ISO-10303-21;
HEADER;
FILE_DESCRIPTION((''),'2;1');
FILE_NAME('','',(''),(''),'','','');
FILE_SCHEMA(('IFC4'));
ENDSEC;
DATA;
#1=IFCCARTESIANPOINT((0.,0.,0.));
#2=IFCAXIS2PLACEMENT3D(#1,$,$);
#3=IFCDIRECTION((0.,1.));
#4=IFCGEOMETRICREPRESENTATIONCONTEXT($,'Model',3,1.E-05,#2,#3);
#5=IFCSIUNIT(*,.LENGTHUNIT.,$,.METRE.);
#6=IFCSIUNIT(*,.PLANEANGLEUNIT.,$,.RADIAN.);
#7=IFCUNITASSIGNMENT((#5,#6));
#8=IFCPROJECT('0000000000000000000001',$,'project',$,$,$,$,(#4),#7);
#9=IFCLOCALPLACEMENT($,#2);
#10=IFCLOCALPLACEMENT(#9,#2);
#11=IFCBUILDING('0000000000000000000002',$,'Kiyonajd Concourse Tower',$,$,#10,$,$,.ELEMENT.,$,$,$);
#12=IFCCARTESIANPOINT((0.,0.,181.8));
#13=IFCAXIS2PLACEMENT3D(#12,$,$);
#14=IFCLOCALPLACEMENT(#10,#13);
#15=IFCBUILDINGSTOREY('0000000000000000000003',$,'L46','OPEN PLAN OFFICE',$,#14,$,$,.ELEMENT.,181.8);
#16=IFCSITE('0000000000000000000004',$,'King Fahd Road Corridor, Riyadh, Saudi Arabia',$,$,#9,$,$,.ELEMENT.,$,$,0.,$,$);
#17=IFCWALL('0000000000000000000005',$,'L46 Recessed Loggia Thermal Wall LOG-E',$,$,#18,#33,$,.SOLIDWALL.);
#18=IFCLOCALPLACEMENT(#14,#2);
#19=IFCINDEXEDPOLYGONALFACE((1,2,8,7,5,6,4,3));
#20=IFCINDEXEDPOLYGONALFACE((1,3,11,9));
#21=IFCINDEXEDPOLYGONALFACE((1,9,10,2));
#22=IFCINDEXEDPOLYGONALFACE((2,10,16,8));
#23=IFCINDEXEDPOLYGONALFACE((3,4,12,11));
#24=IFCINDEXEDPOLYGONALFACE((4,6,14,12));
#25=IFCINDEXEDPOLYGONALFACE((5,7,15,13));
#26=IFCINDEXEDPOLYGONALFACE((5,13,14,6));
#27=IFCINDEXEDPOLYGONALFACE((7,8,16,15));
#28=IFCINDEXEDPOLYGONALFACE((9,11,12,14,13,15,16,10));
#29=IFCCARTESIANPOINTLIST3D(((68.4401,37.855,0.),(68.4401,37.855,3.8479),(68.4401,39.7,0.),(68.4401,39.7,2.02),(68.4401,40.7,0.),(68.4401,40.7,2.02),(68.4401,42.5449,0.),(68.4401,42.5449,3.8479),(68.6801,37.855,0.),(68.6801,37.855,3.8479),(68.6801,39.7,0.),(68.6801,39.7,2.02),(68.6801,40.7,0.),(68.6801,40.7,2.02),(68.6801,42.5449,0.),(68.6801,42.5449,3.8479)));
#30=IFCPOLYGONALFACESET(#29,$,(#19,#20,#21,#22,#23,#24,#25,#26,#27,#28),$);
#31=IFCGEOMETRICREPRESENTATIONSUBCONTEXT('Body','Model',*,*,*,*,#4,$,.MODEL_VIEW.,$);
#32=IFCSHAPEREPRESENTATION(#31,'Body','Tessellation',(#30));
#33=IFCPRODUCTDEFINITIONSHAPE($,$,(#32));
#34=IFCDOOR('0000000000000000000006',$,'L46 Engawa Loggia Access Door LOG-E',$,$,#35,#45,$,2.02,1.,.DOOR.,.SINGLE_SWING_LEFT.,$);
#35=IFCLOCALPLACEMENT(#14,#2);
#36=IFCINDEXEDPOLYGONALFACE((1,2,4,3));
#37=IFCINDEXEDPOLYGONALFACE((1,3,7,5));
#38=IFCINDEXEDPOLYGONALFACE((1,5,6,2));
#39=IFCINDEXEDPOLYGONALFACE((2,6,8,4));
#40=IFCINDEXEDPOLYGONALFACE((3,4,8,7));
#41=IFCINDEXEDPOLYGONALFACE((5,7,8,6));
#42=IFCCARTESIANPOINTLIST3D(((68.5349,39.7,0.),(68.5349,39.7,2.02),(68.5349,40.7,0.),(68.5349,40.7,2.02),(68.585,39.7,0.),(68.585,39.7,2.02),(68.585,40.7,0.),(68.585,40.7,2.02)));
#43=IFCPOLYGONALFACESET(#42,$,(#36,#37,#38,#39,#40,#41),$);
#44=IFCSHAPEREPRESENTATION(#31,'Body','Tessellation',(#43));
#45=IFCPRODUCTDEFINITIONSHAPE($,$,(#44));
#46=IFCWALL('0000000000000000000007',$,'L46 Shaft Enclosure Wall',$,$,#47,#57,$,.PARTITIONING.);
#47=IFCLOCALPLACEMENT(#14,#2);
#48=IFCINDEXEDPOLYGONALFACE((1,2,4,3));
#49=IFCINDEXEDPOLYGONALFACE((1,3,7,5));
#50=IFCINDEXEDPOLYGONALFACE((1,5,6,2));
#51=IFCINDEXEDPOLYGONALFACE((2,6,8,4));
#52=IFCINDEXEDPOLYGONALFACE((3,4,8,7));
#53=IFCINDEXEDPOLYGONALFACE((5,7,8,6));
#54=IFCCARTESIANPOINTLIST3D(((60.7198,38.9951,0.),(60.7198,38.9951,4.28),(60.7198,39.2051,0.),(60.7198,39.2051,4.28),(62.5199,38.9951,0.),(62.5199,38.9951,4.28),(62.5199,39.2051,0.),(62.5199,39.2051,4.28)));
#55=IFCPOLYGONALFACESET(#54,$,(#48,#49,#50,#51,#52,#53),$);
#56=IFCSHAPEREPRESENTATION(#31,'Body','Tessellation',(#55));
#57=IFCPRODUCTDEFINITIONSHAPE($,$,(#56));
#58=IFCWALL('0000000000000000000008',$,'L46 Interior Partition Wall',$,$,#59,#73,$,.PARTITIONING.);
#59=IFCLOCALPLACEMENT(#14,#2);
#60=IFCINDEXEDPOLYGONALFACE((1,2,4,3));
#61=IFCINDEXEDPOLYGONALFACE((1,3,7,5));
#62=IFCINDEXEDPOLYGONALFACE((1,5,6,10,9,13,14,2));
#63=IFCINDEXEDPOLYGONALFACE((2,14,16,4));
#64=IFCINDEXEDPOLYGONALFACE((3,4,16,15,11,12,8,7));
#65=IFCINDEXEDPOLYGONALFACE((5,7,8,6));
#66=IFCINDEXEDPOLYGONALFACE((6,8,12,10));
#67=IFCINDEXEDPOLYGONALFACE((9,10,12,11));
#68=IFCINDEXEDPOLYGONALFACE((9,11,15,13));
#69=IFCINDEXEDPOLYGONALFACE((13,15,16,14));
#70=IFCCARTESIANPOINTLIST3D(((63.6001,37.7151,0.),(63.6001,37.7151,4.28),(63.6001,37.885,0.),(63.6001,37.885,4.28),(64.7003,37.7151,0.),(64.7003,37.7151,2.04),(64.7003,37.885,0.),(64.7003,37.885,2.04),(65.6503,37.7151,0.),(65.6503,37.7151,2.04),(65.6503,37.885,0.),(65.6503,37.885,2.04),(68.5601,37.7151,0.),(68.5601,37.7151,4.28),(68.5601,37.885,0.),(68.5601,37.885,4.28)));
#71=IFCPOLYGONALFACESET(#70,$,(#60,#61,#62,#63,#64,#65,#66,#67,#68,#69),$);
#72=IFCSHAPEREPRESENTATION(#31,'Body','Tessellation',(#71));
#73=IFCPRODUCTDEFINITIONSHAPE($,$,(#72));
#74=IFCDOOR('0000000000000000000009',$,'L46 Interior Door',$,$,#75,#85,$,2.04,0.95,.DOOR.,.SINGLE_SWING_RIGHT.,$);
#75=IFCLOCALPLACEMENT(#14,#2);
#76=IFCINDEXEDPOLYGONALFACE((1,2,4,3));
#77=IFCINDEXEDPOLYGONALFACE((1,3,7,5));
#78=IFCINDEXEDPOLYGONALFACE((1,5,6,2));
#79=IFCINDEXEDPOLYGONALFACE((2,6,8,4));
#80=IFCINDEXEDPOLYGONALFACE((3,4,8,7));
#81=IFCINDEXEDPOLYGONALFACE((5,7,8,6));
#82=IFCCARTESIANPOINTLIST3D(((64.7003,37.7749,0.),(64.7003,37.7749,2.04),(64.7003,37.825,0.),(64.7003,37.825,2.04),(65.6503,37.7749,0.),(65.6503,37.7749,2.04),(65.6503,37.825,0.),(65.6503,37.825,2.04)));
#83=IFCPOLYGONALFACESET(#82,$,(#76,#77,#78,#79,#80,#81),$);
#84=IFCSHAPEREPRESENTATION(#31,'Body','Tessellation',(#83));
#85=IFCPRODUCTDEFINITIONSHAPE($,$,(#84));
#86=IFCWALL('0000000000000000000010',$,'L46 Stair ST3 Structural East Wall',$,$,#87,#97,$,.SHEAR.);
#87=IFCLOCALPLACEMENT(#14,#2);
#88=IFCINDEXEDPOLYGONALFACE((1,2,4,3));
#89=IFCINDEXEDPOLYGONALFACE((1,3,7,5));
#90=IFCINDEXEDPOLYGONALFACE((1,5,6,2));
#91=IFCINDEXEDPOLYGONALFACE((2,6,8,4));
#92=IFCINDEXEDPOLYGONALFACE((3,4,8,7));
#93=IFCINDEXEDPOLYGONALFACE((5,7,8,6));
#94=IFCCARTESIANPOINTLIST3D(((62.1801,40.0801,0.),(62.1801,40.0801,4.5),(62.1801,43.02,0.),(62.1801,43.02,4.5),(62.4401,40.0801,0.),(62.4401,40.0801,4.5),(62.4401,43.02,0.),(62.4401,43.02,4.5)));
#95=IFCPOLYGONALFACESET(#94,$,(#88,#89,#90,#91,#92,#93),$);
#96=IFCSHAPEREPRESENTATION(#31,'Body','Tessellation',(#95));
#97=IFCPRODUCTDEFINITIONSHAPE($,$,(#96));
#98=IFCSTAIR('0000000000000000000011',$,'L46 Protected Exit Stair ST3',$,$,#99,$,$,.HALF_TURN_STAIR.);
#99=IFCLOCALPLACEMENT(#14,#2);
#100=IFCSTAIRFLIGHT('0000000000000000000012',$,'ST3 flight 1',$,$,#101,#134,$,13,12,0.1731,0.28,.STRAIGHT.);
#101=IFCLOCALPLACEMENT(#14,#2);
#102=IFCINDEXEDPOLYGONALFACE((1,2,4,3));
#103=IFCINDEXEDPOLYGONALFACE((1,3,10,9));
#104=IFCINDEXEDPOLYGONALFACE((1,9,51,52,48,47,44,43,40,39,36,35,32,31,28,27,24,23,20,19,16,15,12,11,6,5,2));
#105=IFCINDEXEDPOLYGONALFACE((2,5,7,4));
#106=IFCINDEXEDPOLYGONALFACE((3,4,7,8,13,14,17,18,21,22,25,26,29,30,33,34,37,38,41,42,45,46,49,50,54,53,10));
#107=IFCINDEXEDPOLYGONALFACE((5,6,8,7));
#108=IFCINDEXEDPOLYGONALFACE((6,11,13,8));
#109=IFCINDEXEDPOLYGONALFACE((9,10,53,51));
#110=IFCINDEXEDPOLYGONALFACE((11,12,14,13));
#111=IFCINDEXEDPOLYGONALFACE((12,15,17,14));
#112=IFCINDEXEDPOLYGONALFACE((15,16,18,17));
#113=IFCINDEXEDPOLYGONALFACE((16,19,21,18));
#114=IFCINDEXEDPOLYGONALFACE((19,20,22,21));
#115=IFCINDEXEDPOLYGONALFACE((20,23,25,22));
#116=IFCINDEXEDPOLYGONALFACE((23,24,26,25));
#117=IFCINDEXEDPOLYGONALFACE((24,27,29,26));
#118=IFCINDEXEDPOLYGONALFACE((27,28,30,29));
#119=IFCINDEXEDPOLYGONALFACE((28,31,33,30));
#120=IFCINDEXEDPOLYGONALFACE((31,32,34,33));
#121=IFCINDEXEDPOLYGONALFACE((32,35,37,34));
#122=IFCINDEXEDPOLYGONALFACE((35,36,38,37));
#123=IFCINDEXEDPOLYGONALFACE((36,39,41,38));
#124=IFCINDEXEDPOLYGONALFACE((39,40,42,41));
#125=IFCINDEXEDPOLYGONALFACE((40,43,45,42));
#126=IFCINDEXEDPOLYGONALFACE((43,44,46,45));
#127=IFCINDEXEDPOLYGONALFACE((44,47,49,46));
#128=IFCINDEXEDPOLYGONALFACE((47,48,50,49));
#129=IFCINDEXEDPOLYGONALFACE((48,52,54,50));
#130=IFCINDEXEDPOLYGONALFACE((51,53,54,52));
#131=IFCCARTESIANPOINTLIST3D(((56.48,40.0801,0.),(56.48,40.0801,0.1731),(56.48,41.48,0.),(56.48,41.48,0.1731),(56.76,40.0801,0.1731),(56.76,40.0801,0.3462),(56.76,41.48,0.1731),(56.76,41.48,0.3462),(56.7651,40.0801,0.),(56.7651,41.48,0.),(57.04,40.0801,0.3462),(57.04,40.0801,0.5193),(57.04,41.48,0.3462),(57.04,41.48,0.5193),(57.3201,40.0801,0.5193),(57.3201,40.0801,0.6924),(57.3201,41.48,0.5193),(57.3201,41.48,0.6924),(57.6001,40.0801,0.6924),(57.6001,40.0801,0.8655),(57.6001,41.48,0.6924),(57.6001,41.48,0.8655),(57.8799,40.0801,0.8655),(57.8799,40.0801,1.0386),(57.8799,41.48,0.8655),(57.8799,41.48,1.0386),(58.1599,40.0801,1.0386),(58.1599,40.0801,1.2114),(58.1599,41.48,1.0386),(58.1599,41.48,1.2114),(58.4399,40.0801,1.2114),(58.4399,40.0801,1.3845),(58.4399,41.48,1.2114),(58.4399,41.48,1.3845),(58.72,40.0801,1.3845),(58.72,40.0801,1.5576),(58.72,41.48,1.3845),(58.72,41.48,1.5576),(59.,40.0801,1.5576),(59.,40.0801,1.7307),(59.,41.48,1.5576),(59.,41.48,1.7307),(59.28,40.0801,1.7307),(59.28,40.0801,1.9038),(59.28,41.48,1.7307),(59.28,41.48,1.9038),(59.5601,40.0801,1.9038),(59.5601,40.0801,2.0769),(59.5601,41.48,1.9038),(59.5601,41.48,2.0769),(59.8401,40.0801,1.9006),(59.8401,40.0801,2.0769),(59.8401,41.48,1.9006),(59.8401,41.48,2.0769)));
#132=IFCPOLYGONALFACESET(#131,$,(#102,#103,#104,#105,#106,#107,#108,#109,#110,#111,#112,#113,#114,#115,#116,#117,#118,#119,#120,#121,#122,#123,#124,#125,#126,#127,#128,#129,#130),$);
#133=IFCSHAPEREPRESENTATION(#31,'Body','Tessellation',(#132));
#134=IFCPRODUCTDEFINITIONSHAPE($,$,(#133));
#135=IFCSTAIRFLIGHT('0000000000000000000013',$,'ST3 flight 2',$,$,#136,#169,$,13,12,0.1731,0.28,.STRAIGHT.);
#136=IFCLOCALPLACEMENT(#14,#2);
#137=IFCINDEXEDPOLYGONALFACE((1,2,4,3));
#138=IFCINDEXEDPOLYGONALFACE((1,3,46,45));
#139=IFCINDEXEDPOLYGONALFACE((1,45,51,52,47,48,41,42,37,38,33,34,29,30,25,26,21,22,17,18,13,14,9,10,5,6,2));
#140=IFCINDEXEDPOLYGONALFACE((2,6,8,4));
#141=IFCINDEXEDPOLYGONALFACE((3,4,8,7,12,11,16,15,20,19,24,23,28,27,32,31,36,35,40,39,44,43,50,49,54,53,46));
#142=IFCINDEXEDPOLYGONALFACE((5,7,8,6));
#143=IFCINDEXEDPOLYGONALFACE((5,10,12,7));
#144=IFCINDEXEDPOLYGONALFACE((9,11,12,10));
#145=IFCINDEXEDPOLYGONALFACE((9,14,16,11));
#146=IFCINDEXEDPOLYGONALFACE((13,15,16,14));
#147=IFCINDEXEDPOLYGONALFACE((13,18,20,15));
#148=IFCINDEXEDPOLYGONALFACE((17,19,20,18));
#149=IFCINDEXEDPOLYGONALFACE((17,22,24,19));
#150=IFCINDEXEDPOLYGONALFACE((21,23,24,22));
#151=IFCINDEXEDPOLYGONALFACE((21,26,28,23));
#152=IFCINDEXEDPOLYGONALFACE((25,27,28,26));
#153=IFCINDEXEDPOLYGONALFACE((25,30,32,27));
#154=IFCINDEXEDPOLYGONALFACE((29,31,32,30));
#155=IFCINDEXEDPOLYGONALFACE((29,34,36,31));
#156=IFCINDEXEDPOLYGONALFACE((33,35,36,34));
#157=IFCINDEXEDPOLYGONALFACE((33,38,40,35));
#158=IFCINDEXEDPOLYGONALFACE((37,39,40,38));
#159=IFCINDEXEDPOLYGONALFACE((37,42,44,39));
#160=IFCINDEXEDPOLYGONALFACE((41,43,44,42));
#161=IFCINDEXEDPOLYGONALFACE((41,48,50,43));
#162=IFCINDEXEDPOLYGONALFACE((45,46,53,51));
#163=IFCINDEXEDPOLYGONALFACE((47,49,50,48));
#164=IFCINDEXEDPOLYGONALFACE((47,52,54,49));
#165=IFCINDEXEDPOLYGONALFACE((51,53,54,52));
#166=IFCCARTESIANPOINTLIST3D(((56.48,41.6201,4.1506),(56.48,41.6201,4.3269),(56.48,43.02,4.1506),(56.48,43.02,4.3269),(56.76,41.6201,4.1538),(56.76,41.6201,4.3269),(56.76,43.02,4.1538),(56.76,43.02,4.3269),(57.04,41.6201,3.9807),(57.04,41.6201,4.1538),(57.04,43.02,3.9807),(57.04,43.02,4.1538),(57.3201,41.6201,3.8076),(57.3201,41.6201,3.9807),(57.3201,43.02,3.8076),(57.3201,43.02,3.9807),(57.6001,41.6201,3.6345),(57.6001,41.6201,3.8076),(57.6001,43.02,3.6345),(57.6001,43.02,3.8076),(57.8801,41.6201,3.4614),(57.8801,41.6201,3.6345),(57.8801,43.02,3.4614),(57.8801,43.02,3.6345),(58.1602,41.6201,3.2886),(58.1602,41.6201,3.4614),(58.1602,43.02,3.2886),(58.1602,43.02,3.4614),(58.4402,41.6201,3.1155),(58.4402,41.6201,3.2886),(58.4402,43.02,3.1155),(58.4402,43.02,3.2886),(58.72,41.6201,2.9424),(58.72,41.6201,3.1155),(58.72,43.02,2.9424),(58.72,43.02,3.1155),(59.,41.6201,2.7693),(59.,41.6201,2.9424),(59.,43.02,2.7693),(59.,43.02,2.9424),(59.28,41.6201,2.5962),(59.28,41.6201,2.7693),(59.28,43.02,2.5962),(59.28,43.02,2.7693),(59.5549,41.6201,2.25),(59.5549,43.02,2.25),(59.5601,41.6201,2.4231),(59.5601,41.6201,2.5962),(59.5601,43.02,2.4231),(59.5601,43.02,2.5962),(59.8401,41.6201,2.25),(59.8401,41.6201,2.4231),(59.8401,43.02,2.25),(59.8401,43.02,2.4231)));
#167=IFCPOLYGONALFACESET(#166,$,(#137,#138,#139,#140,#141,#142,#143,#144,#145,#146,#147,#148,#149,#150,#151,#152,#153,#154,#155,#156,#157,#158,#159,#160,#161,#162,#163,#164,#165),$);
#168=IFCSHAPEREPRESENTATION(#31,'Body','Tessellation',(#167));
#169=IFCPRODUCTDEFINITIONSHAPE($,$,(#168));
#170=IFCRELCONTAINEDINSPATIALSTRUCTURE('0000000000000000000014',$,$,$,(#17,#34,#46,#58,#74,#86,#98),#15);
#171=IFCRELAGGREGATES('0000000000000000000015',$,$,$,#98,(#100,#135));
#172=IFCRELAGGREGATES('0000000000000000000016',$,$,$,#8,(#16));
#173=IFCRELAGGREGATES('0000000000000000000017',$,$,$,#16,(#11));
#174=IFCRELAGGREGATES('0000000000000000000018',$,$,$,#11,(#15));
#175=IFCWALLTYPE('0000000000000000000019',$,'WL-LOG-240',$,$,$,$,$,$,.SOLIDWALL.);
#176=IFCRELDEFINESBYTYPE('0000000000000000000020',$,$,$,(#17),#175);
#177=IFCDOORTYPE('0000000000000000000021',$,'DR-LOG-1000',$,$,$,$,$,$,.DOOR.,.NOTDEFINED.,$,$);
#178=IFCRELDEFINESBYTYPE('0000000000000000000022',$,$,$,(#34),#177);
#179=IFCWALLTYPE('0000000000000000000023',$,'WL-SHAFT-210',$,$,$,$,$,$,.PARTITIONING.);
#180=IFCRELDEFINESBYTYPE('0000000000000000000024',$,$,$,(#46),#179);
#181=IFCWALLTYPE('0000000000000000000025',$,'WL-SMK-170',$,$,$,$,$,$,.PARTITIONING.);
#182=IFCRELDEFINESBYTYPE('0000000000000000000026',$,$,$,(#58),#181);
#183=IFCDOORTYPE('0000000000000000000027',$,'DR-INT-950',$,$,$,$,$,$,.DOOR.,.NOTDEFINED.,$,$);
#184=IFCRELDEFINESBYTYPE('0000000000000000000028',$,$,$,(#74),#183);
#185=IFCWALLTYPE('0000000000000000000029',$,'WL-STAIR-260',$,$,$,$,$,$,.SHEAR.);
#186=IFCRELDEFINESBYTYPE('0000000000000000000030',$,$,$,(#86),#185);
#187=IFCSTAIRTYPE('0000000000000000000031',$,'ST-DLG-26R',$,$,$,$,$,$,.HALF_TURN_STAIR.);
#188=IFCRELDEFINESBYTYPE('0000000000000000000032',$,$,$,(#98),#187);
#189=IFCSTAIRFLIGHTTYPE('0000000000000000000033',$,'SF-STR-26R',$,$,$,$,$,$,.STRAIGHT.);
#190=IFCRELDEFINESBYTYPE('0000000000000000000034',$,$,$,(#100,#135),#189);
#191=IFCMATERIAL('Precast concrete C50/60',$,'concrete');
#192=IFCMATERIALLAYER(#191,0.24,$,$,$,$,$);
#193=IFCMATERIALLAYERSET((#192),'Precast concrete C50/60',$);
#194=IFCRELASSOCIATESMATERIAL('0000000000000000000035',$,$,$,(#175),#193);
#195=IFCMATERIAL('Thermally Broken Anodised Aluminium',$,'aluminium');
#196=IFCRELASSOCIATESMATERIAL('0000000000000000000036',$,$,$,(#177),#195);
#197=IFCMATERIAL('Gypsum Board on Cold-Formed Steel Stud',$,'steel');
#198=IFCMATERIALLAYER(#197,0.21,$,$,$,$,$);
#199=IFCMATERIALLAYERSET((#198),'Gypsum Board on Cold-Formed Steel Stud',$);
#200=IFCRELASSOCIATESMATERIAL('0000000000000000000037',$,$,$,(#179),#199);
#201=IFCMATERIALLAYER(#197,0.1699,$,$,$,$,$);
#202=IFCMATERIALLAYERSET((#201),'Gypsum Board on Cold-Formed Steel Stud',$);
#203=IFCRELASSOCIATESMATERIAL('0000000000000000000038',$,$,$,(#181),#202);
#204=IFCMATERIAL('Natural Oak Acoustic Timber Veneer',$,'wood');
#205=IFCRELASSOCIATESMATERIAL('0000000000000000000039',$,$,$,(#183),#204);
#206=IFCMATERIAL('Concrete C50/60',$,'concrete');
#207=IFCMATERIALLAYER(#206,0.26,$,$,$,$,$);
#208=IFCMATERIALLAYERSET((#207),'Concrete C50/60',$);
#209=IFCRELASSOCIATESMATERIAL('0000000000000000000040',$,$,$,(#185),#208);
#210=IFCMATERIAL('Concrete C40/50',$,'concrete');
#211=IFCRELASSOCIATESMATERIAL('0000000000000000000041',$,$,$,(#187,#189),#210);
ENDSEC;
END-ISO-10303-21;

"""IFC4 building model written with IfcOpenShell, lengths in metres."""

from ifc_helpers import new_model, si_unit, direction, frame, frame_2d, origin, place, context, subcontext, project, spatial, polyline, rectangle, outline, extrude, material, layer, layer_set, type_object, element, fill, aggregate, save


model = new_model("IFC4")

# Units and contexts
model_context = context("Model", 3, precision=1e-05, world=origin(), true_north=direction((0.0, 1.0)))
body_context = subcontext(model_context, "Body", "Model", "MODEL_VIEW")
ifc_project = project(units=[si_unit("LENGTHUNIT", "METRE"), si_unit("PLANEANGLEUNIT", "RADIAN")], contexts=[model_context])

# Site, building, storey
site_placement = place(None, origin())
site = spatial("IfcSite", under=ifc_project, at=site_placement, Name="King Fahd Road Corridor, Riyadh, Saudi Arabia", CompositionType="ELEMENT", RefElevation=0.0)
building_placement = place(site_placement, origin())
building = spatial("IfcBuilding", under=site, at=building_placement, Name="Kiyonajd Concourse Tower", CompositionType="ELEMENT")
storey_placement = place(building_placement, frame((0.0, 0.0, 181.8)))
storey = spatial("IfcBuildingStorey", under=building, at=storey_placement, Name="L46", Description="OPEN PLAN OFFICE", CompositionType="ELEMENT", Elevation=181.8)

# Shared definitions
ifc_material_1 = material(Name="Thermally Broken Anodised Aluminium", Category="aluminium")

# Shared definitions
ifc_material_2 = material(Name="Precast concrete C50/60", Category="concrete")

# Wall, opening, door
ifc_layer_1 = layer(ifc_material_2, 0.24)
ifc_layer_set_1 = layer_set([ifc_layer_1], Name="Precast concrete C50/60")
wall_type_1 = type_object("IfcWallType", Name="WL-LOG-240", PredefinedType="SOLIDWALL", material=ifc_layer_set_1)
wall_1_placement = place(storey_placement, frame((68.5601, 42.5449, 0.0), z_axis=(0.0, 0.0, 1.0), x_axis=(0.0, -1.0, 0.0)))
wall_1 = element("IfcWall", 1, at=wall_1_placement, inside=storey, type_object=wall_type_1, Name="L46 Recessed Loggia Thermal Wall LOG-E", PredefinedType="SOLIDWALL", context=body_context, shape_type="SweptSolid", body=[
    extrude(rectangle(XDim=4.6899, YDim=0.24, at=frame_2d((2.345, 0.0))), origin(), (0.0, 0.0, 1.0), 3.8479),
])
opening_1_placement = place(wall_1_placement, frame((1.845, 0.0, 0.0)))
opening_1 = element("IfcOpeningElement", 2, at=opening_1_placement, cuts=wall_1, PredefinedType="OPENING", context=body_context, shape_type="SweptSolid", body=[
    extrude(rectangle(XDim=1.0, YDim=2.02, at=frame_2d((0.5, 1.01))), frame((0.0, 0.1299, 0.0), z_axis=(0.0, -1.0, 0.0), x_axis=(1.0, 0.0, 0.0)), (0.0, 0.0, 1.0), 0.26),
])
door_type_1 = type_object("IfcDoorType", Name="DR-LOG-1000", OperationType="NOTDEFINED", PredefinedType="DOOR", material=ifc_material_1)
door_1_placement = place(opening_1_placement, origin())
door_1 = element("IfcDoor", 3, at=door_1_placement, inside=storey, type_object=door_type_1, Name="L46 Engawa Loggia Access Door LOG-E", OperationType="SINGLE_SWING_LEFT", OverallHeight=2.02, OverallWidth=1.0, PredefinedType="DOOR", context=body_context, shape_type="SweptSolid", body=[
    extrude(rectangle(XDim=1.0, YDim=2.02, at=frame_2d((0.5, 1.01))), frame((0.0, 0.0249, 0.0), z_axis=(0.0, -1.0, 0.0), x_axis=(1.0, 0.0, 0.0)), (0.0, 0.0, 1.0), 0.05),
])
fill(opening_1, door_1)

# Wall
ifc_material_3 = material(Name="Gypsum Board on Cold-Formed Steel Stud", Category="steel")
ifc_layer_2 = layer(ifc_material_3, 0.21)
ifc_layer_set_2 = layer_set([ifc_layer_2], Name="Gypsum Board on Cold-Formed Steel Stud")
wall_type_2 = type_object("IfcWallType", Name="WL-SHAFT-210", PredefinedType="PARTITIONING", material=ifc_layer_set_2)
wall_2_placement = place(storey_placement, frame((60.72, 39.1001, 0.0), z_axis=(0.0, 0.0, 1.0), x_axis=(1.0, 0.0, 0.0)))
element("IfcWall", 4, at=wall_2_placement, inside=storey, type_object=wall_type_2, Name="L46 Shaft Enclosure Wall", PredefinedType="PARTITIONING", context=body_context, shape_type="SweptSolid", body=[
    extrude(rectangle(XDim=1.8, YDim=0.21, at=frame_2d((0.8999, 0.0))), origin(), (0.0, 0.0, 1.0), 4.28),
])

# Wall, opening, door
ifc_layer_3 = layer(ifc_material_3, 0.1699)
ifc_layer_set_3 = layer_set([ifc_layer_3], Name="Gypsum Board on Cold-Formed Steel Stud")
wall_type_3 = type_object("IfcWallType", Name="WL-SMK-170", PredefinedType="PARTITIONING", material=ifc_layer_set_3)
wall_3_placement = place(storey_placement, frame((63.6001, 37.8, 0.0), z_axis=(0.0, 0.0, 1.0), x_axis=(1.0, 0.0, 0.0)))
wall_3 = element("IfcWall", 5, at=wall_3_placement, inside=storey, type_object=wall_type_3, Name="L46 Interior Partition Wall", PredefinedType="PARTITIONING", context=body_context, shape_type="SweptSolid", body=[
    extrude(rectangle(XDim=4.96, YDim=0.1699, at=frame_2d((2.48, 0.0))), origin(), (0.0, 0.0, 1.0), 4.28),
])
opening_2_placement = place(wall_3_placement, frame((1.1001, 0.0, 0.0)))
opening_2 = element("IfcOpeningElement", 6, at=opening_2_placement, cuts=wall_3, PredefinedType="OPENING", context=body_context, shape_type="SweptSolid", body=[
    extrude(rectangle(XDim=0.95, YDim=2.04, at=frame_2d((0.4751, 1.02))), frame((0.0, 0.095, 0.0), z_axis=(0.0, -1.0, 0.0), x_axis=(1.0, 0.0, 0.0)), (0.0, 0.0, 1.0), 0.1899),
])
ifc_material_4 = material(Name="Natural Oak Acoustic Timber Veneer", Category="wood")
door_type_2 = type_object("IfcDoorType", Name="DR-INT-950", OperationType="NOTDEFINED", PredefinedType="DOOR", material=ifc_material_4)
door_2_placement = place(opening_2_placement, origin())
door_2 = element("IfcDoor", 7, at=door_2_placement, inside=storey, type_object=door_type_2, Name="L46 Interior Door", OperationType="SINGLE_SWING_RIGHT", OverallHeight=2.04, OverallWidth=0.95, PredefinedType="DOOR", context=body_context, shape_type="SweptSolid", body=[
    extrude(rectangle(XDim=0.95, YDim=2.04, at=frame_2d((0.4751, 1.02))), frame((0.0, 0.0249, 0.0), z_axis=(0.0, -1.0, 0.0), x_axis=(1.0, 0.0, 0.0)), (0.0, 0.0, 1.0), 0.05),
])
fill(opening_2, door_2)

# Wall
ifc_material_5 = material(Name="Concrete C50/60", Category="concrete")
ifc_layer_4 = layer(ifc_material_5, 0.26)
ifc_layer_set_4 = layer_set([ifc_layer_4], Name="Concrete C50/60")
wall_type_4 = type_object("IfcWallType", Name="WL-STAIR-260", PredefinedType="SHEAR", material=ifc_layer_set_4)
wall_4_placement = place(storey_placement, frame((62.3101, 40.0801, 0.0), z_axis=(0.0, 0.0, 1.0), x_axis=(0.0, 1.0, 0.0)))
element("IfcWall", 8, at=wall_4_placement, inside=storey, type_object=wall_type_4, Name="L46 Stair ST3 Structural East Wall", PredefinedType="SHEAR", context=body_context, shape_type="SweptSolid", body=[
    extrude(rectangle(XDim=2.9399, YDim=0.26, at=frame_2d((1.47, 0.0))), origin(), (0.0, 0.0, 1.0), 4.5),
])

# Stair, stair flights
ifc_material_6 = material(Name="Concrete C40/50", Category="concrete")
stair_type = type_object("IfcStairType", Name="ST-DLG-26R", PredefinedType="HALF_TURN_STAIR", material=ifc_material_6)
stair_placement = place(storey_placement, origin())
stair = element("IfcStair", 9, at=stair_placement, inside=storey, type_object=stair_type, Name="L46 Protected Exit Stair ST3", PredefinedType="HALF_TURN_STAIR")
stair_flight_type = type_object("IfcStairFlightType", Name="SF-STR-26R", PredefinedType="STRAIGHT", material=ifc_material_6)
stair_flight_1_placement = place(storey_placement, frame((56.48, 40.78, 0.0), z_axis=(0.0, 0.0, 1.0), x_axis=(1.0, 0.0, 0.0)))
stair_flight_1 = element("IfcStairFlight", 10, at=stair_flight_1_placement, type_object=stair_flight_type, Name="ST3 flight 1", NumberOfRisers=13, NumberOfTreads=12, PredefinedType="STRAIGHT", RiserHeight=0.1731, TreadLength=0.28, context=body_context, shape_type="SweptSolid", body=[
    extrude(outline(polyline([(0.0, 0.0), (0.0, 0.1731), (0.28, 0.1731), (0.28, 0.3462), (0.5601, 0.3462), (0.5601, 0.5193), (0.8401, 0.5193), (0.8401, 0.6924), (1.1201, 0.6924), (1.1201, 0.8655), (1.3999, 0.8655), (1.3999, 1.0386), (1.6799, 1.0386), (1.6799, 1.2114), (1.96, 1.2114), (1.96, 1.3845), (2.24, 1.3845), (2.24, 1.5576), (2.52, 1.5576), (2.52, 1.7307), (2.8, 1.7307), (2.8, 1.9038), (3.0801, 1.9038), (3.0801, 2.0769), (3.3601, 2.0769), (3.3601, 2.25), (3.3601, 1.9006), (0.2852, 0.0), (0.0, 0.0)])), frame((0.0, 0.7, 0.0), z_axis=(0.0, -1.0, 0.0), x_axis=(1.0, 0.0, 0.0)), (0.0, 0.0, 1.0), 1.3999),
])
stair_flight_2_placement = place(storey_placement, frame((59.8401, 42.3201, 2.25), z_axis=(0.0, 0.0, 1.0), x_axis=(-1.0, 0.0, 0.0)))
stair_flight_2 = element("IfcStairFlight", 11, at=stair_flight_2_placement, type_object=stair_flight_type, Name="ST3 flight 2", NumberOfRisers=13, NumberOfTreads=12, PredefinedType="STRAIGHT", RiserHeight=0.1731, TreadLength=0.28, context=body_context, shape_type="SweptSolid", body=[
    extrude(outline(polyline([(0.0, 0.0), (0.0, 0.1731), (0.28, 0.1731), (0.28, 0.3462), (0.5601, 0.3462), (0.5601, 0.5193), (0.8401, 0.5193), (0.8401, 0.6924), (1.1201, 0.6924), (1.1201, 0.8655), (1.3999, 0.8655), (1.3999, 1.0386), (1.6799, 1.0386), (1.6799, 1.2114), (1.96, 1.2114), (1.96, 1.3845), (2.24, 1.3845), (2.24, 1.5576), (2.52, 1.5576), (2.52, 1.7307), (2.8, 1.7307), (2.8, 1.9038), (3.0801, 1.9038), (3.0801, 2.0769), (3.3601, 2.0769), (3.3601, 2.25), (3.3601, 1.9006), (0.2852, 0.0), (0.0, 0.0)])), frame((0.0, 0.7, 0.0), z_axis=(0.0, -1.0, 0.0), x_axis=(1.0, 0.0, 0.0)), (0.0, 0.0, 1.0), 1.3999),
])
aggregate(stair, [stair_flight_1, stair_flight_2])

save(model, "model.ifc")
